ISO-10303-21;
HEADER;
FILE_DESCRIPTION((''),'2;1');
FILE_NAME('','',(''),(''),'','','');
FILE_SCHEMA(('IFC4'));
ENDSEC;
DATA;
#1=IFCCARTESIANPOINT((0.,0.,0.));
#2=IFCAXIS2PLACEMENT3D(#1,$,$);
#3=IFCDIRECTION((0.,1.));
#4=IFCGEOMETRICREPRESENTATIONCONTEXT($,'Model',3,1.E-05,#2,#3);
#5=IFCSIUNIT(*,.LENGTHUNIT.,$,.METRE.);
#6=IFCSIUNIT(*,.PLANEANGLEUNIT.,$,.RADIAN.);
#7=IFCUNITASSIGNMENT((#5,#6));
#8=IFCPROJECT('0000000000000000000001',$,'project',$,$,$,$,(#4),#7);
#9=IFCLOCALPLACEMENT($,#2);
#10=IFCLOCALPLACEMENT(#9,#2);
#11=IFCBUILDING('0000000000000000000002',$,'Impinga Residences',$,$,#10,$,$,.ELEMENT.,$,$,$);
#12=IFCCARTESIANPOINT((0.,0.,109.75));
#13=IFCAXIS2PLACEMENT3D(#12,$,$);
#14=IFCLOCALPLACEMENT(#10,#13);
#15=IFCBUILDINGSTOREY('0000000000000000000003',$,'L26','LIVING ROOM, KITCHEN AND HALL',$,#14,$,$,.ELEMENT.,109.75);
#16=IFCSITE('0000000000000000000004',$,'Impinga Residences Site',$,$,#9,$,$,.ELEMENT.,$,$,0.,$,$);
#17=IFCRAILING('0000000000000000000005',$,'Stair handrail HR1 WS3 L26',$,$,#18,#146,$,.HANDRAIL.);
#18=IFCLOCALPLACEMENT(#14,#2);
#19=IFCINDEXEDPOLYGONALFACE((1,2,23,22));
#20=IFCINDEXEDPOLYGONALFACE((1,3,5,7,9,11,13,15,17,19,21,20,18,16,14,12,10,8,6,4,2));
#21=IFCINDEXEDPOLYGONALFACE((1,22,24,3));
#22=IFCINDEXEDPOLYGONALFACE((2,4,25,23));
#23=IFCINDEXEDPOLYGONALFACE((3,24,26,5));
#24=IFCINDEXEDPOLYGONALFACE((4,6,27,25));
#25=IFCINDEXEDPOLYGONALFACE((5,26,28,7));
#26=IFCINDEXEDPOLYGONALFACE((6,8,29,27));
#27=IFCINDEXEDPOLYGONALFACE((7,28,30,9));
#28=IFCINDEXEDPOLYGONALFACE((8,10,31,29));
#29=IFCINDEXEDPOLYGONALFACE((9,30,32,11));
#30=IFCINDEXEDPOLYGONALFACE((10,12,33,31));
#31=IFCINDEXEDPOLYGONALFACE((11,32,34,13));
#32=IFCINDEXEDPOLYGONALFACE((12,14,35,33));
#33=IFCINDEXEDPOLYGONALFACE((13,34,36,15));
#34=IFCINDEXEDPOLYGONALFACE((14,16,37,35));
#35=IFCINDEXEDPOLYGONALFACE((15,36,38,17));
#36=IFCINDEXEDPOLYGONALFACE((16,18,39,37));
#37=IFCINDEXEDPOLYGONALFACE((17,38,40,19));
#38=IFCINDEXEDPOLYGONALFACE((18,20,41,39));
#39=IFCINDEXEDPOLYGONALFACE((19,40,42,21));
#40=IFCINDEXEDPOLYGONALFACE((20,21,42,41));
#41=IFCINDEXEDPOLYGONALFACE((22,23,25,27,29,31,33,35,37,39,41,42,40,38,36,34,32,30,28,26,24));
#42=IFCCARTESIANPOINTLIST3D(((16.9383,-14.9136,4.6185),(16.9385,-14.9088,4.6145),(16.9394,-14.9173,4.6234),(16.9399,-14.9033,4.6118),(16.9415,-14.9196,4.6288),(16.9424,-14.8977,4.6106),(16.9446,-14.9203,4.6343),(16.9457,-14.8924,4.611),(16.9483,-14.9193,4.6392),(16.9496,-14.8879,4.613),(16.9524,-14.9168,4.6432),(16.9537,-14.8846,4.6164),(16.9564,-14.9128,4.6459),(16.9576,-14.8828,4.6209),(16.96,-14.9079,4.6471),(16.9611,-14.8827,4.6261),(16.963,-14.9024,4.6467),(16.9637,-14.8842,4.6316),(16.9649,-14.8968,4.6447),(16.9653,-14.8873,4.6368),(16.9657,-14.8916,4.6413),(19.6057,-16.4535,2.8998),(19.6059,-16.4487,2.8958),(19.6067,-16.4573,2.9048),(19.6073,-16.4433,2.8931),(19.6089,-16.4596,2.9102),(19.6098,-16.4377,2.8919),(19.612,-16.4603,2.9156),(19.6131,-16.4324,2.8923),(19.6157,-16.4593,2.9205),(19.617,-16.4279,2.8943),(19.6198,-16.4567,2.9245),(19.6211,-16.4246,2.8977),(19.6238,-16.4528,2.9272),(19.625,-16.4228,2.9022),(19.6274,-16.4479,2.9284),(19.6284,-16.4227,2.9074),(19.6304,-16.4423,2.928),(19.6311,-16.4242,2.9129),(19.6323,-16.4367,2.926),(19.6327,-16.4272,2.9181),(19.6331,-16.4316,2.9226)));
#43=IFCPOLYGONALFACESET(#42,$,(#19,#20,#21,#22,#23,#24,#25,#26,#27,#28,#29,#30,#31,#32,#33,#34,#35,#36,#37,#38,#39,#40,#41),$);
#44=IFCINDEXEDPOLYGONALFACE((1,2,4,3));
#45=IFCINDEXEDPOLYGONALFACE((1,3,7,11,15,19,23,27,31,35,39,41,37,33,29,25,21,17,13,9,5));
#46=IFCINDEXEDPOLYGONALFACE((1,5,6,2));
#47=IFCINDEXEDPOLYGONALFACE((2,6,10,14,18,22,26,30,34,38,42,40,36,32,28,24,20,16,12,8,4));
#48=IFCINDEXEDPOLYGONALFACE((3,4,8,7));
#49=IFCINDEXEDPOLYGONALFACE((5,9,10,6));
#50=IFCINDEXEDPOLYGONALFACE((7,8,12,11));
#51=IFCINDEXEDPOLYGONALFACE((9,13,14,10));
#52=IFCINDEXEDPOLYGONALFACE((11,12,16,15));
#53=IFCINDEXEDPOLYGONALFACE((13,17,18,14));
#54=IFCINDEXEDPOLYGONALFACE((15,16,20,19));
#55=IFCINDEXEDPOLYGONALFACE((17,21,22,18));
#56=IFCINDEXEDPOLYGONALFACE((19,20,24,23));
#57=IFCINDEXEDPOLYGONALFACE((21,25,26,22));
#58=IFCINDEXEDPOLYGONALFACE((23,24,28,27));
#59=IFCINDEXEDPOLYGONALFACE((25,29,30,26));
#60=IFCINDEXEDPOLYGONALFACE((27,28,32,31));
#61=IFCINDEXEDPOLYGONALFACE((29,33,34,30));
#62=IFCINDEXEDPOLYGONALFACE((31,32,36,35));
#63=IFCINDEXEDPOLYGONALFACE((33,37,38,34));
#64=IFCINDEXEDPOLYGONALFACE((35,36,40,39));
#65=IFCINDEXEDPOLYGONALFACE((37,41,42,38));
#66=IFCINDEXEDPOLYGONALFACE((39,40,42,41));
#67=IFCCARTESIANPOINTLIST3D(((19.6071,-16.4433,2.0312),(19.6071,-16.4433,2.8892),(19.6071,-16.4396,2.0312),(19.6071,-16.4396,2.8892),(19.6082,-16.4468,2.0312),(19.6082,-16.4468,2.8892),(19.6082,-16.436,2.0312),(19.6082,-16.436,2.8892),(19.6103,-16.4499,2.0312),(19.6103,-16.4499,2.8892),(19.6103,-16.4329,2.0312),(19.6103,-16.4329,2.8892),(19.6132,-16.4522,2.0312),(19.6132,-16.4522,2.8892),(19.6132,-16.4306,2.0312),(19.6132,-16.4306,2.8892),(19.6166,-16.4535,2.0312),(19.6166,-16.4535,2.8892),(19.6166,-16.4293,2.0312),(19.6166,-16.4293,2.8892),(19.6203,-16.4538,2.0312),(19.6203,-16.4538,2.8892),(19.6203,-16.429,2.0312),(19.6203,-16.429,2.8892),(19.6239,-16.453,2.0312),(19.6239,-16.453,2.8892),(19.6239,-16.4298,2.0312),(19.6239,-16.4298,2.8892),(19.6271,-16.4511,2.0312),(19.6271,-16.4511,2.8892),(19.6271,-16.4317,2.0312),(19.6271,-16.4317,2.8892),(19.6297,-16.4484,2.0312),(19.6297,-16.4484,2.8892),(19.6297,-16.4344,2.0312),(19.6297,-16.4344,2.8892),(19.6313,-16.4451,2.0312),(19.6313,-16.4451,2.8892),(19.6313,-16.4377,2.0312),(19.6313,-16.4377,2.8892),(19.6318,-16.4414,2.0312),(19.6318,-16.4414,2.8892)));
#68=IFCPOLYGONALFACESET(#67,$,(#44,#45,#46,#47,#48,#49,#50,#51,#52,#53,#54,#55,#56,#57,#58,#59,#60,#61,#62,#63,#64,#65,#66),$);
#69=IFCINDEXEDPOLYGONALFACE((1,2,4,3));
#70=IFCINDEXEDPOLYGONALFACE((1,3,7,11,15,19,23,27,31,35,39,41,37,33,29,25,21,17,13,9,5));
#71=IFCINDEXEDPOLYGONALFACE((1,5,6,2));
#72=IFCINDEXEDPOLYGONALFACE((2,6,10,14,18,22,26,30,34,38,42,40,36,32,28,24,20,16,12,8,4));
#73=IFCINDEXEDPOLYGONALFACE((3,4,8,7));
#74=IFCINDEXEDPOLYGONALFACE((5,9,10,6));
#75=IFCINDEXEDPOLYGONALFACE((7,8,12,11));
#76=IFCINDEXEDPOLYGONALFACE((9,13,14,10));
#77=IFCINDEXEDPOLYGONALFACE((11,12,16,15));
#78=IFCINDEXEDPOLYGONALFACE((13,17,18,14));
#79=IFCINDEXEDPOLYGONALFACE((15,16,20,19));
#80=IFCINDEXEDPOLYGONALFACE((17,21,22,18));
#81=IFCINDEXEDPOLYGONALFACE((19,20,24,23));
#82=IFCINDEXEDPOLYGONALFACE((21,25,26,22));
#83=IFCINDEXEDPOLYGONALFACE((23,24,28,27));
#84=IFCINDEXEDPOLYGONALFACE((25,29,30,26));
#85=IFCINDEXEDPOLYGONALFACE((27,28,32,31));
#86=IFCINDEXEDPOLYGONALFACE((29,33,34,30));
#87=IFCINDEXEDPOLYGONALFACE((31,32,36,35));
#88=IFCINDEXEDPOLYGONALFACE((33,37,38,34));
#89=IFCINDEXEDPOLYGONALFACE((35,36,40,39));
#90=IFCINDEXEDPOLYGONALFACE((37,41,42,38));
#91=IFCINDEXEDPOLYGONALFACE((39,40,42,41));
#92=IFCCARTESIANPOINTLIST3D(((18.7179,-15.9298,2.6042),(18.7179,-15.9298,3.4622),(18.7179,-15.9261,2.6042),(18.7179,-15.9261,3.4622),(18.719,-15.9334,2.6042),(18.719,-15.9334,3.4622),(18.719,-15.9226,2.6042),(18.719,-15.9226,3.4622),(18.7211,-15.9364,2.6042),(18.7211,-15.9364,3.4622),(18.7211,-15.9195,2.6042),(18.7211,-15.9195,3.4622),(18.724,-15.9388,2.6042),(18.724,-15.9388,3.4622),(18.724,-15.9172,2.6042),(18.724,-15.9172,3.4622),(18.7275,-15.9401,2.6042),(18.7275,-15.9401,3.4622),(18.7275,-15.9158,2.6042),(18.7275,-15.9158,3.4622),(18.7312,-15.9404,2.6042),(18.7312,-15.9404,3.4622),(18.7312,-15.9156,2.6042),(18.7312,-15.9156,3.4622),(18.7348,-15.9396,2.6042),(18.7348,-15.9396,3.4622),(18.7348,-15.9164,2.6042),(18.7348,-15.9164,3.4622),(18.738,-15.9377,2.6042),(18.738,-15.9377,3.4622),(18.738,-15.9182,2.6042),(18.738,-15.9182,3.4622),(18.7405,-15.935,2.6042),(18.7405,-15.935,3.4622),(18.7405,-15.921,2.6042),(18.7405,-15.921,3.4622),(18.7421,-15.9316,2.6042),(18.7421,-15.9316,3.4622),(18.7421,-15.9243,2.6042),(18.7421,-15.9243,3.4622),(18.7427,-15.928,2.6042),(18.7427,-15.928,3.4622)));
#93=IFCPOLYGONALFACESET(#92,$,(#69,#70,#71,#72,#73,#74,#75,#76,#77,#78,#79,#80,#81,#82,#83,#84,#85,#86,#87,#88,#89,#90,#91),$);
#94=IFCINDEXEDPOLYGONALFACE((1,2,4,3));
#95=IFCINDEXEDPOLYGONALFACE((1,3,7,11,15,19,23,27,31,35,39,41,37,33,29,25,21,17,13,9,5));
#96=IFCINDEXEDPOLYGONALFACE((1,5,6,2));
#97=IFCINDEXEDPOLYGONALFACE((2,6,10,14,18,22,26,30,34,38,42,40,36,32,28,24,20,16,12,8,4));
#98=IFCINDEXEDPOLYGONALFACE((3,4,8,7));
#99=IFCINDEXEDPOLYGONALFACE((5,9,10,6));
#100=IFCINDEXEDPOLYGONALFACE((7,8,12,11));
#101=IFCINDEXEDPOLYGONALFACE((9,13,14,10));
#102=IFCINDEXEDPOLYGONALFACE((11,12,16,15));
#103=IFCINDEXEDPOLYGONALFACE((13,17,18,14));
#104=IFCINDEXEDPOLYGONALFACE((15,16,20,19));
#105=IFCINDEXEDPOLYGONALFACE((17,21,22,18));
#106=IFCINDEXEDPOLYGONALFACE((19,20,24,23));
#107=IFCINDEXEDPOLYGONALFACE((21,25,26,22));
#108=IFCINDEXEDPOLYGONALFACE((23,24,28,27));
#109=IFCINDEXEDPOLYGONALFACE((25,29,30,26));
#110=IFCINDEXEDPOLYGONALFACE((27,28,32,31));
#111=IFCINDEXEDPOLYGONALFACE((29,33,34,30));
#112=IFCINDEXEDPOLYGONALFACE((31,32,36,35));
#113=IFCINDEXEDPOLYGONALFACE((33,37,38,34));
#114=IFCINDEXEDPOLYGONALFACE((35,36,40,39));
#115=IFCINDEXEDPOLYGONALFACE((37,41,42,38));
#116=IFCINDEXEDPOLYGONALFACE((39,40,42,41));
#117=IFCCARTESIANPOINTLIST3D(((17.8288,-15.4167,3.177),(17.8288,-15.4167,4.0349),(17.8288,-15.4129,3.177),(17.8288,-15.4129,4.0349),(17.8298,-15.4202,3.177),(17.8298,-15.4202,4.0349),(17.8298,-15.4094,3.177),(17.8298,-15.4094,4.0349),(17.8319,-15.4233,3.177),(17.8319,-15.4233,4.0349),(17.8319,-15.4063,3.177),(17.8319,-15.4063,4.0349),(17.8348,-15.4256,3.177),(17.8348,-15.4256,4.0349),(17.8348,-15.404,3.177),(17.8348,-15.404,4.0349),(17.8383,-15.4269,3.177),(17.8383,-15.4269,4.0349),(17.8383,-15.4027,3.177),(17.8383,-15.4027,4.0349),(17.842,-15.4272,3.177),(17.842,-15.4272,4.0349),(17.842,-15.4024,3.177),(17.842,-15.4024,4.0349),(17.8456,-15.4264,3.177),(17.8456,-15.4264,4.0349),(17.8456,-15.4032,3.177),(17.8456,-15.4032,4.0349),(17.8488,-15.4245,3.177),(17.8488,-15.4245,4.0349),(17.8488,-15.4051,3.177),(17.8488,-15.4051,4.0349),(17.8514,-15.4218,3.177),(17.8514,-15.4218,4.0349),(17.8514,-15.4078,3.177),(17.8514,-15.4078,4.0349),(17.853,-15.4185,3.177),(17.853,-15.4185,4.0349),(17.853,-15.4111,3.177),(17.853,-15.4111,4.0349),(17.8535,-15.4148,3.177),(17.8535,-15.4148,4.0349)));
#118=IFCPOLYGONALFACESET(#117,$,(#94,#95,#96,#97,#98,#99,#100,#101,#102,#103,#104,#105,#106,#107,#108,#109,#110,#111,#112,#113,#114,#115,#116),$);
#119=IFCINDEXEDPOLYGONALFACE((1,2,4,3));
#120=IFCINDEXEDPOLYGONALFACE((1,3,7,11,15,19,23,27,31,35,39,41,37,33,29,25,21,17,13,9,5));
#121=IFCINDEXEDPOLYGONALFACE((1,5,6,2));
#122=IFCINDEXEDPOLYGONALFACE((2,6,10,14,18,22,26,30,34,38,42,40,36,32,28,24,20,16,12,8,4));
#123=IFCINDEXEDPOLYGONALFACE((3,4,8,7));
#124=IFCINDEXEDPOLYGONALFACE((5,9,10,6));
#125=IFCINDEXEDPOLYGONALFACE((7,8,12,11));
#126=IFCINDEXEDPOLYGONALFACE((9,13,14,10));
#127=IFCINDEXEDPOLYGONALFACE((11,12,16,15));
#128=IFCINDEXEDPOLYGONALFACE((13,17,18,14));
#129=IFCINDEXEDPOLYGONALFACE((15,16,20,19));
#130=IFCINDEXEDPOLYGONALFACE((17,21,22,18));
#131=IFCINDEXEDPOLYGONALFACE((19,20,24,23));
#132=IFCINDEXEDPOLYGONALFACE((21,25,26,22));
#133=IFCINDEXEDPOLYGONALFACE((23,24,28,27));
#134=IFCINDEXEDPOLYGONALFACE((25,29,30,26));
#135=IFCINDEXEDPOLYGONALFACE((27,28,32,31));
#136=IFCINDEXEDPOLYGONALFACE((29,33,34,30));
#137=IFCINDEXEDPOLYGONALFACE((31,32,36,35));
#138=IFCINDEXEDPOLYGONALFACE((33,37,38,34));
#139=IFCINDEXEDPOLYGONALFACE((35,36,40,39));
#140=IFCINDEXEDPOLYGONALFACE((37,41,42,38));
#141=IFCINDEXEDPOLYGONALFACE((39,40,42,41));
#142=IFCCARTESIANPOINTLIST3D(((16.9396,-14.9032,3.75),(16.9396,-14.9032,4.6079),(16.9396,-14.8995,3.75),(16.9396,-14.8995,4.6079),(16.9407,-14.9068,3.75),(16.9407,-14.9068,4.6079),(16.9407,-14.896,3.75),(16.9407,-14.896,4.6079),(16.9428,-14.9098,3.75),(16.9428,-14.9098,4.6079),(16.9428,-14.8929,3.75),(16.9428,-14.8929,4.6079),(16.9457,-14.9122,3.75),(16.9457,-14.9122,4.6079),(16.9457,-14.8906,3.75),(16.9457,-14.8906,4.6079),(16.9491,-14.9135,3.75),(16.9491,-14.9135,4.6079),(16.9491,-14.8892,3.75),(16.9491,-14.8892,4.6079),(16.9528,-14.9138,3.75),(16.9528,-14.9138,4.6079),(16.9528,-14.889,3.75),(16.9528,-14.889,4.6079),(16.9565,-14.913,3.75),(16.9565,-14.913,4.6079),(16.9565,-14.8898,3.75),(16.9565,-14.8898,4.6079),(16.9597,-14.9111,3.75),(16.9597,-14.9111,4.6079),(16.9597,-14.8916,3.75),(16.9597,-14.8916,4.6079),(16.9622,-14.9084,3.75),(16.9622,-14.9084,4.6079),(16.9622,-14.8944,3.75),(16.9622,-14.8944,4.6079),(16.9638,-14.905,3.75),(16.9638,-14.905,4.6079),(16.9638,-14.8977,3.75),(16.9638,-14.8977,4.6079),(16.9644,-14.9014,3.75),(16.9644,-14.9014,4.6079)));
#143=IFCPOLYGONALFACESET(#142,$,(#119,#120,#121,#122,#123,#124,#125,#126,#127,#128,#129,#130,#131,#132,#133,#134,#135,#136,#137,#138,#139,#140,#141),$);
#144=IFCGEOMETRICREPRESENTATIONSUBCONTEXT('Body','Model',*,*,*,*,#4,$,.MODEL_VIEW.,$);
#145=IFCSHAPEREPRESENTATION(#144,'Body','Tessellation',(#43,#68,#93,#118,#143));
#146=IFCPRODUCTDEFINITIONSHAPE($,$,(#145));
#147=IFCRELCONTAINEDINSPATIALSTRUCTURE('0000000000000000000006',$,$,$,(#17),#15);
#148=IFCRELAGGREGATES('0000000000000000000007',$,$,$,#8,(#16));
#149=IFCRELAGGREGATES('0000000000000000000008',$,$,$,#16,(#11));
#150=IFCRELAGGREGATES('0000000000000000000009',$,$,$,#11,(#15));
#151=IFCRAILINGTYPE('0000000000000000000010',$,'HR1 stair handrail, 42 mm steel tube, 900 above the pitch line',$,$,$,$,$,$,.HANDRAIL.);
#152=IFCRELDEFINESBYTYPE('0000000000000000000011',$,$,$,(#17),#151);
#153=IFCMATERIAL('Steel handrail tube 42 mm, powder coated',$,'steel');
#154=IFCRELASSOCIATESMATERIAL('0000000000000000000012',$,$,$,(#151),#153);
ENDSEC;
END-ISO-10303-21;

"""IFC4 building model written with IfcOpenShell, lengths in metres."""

from ifc_helpers import new_model, si_unit, direction, frame, origin, origin_2d, place, context, subcontext, project, spatial, circle, extrude, material, type_object, element, save


model = new_model("IFC4")

# Units and contexts
model_context = context("Model", 3, precision=1e-05, world=origin(), true_north=direction((0.0, 1.0)))
body_context = subcontext(model_context, "Body", "Model", "MODEL_VIEW")
ifc_project = project(units=[si_unit("LENGTHUNIT", "METRE"), si_unit("PLANEANGLEUNIT", "RADIAN")], contexts=[model_context])

# Site, building, storey
site_placement = place(None, origin())
site = spatial("IfcSite", under=ifc_project, at=site_placement, Name="Impinga Residences Site", CompositionType="ELEMENT", RefElevation=0.0)
building_placement = place(site_placement, origin())
building = spatial("IfcBuilding", under=site, at=building_placement, Name="Impinga Residences", CompositionType="ELEMENT")
storey_placement = place(building_placement, frame((0.0, 0.0, 109.75)))
storey = spatial("IfcBuildingStorey", under=building, at=storey_placement, Name="L26", Description="LIVING ROOM, KITCHEN AND HALL", CompositionType="ELEMENT", Elevation=109.75)

# Railing
ifc_material_1 = material(Name="Steel handrail tube 42 mm, powder coated", Category="steel")
railing_type_1 = type_object("IfcRailingType", Name="HR1 stair handrail, 42 mm steel tube, 900 above the pitch line", PredefinedType="HANDRAIL", material=ifc_material_1)
railing_1_placement = place(storey_placement, frame((19.6194, -16.4414, 2.0312)))
element("IfcRailing", 1, at=railing_1_placement, inside=storey, type_object=railing_type_1, Name="Stair handrail HR1 WS3 L26", PredefinedType="HANDRAIL", context=body_context, shape_type="SweptSolid", body=[
    extrude(circle(Radius=0.021, at=origin_2d()), frame((0.0, 0.0, 0.8789), z_axis=(-0.756256, 0.436616, 0.487282), x_axis=(-0.499992, -0.86603, 0.0)), (0.0, 0.0, 1.0), 3.5271),
    extrude(circle(Radius=0.0125, at=origin_2d()), origin(), (0.0, 0.0, 1.0), 0.8579),
    extrude(circle(Radius=0.0125, at=origin_2d()), frame((-0.8892, 0.5134, 0.573)), (0.0, 0.0, 1.0), 0.8579),
    extrude(circle(Radius=0.0125, at=origin_2d()), frame((-1.7783, 1.0266, 1.1458)), (0.0, 0.0, 1.0), 0.8579),
    extrude(circle(Radius=0.0125, at=origin_2d()), frame((-2.6675, 1.54, 1.7188)), (0.0, 0.0, 1.0), 0.8579),
])

save(model, "model.ifc")
